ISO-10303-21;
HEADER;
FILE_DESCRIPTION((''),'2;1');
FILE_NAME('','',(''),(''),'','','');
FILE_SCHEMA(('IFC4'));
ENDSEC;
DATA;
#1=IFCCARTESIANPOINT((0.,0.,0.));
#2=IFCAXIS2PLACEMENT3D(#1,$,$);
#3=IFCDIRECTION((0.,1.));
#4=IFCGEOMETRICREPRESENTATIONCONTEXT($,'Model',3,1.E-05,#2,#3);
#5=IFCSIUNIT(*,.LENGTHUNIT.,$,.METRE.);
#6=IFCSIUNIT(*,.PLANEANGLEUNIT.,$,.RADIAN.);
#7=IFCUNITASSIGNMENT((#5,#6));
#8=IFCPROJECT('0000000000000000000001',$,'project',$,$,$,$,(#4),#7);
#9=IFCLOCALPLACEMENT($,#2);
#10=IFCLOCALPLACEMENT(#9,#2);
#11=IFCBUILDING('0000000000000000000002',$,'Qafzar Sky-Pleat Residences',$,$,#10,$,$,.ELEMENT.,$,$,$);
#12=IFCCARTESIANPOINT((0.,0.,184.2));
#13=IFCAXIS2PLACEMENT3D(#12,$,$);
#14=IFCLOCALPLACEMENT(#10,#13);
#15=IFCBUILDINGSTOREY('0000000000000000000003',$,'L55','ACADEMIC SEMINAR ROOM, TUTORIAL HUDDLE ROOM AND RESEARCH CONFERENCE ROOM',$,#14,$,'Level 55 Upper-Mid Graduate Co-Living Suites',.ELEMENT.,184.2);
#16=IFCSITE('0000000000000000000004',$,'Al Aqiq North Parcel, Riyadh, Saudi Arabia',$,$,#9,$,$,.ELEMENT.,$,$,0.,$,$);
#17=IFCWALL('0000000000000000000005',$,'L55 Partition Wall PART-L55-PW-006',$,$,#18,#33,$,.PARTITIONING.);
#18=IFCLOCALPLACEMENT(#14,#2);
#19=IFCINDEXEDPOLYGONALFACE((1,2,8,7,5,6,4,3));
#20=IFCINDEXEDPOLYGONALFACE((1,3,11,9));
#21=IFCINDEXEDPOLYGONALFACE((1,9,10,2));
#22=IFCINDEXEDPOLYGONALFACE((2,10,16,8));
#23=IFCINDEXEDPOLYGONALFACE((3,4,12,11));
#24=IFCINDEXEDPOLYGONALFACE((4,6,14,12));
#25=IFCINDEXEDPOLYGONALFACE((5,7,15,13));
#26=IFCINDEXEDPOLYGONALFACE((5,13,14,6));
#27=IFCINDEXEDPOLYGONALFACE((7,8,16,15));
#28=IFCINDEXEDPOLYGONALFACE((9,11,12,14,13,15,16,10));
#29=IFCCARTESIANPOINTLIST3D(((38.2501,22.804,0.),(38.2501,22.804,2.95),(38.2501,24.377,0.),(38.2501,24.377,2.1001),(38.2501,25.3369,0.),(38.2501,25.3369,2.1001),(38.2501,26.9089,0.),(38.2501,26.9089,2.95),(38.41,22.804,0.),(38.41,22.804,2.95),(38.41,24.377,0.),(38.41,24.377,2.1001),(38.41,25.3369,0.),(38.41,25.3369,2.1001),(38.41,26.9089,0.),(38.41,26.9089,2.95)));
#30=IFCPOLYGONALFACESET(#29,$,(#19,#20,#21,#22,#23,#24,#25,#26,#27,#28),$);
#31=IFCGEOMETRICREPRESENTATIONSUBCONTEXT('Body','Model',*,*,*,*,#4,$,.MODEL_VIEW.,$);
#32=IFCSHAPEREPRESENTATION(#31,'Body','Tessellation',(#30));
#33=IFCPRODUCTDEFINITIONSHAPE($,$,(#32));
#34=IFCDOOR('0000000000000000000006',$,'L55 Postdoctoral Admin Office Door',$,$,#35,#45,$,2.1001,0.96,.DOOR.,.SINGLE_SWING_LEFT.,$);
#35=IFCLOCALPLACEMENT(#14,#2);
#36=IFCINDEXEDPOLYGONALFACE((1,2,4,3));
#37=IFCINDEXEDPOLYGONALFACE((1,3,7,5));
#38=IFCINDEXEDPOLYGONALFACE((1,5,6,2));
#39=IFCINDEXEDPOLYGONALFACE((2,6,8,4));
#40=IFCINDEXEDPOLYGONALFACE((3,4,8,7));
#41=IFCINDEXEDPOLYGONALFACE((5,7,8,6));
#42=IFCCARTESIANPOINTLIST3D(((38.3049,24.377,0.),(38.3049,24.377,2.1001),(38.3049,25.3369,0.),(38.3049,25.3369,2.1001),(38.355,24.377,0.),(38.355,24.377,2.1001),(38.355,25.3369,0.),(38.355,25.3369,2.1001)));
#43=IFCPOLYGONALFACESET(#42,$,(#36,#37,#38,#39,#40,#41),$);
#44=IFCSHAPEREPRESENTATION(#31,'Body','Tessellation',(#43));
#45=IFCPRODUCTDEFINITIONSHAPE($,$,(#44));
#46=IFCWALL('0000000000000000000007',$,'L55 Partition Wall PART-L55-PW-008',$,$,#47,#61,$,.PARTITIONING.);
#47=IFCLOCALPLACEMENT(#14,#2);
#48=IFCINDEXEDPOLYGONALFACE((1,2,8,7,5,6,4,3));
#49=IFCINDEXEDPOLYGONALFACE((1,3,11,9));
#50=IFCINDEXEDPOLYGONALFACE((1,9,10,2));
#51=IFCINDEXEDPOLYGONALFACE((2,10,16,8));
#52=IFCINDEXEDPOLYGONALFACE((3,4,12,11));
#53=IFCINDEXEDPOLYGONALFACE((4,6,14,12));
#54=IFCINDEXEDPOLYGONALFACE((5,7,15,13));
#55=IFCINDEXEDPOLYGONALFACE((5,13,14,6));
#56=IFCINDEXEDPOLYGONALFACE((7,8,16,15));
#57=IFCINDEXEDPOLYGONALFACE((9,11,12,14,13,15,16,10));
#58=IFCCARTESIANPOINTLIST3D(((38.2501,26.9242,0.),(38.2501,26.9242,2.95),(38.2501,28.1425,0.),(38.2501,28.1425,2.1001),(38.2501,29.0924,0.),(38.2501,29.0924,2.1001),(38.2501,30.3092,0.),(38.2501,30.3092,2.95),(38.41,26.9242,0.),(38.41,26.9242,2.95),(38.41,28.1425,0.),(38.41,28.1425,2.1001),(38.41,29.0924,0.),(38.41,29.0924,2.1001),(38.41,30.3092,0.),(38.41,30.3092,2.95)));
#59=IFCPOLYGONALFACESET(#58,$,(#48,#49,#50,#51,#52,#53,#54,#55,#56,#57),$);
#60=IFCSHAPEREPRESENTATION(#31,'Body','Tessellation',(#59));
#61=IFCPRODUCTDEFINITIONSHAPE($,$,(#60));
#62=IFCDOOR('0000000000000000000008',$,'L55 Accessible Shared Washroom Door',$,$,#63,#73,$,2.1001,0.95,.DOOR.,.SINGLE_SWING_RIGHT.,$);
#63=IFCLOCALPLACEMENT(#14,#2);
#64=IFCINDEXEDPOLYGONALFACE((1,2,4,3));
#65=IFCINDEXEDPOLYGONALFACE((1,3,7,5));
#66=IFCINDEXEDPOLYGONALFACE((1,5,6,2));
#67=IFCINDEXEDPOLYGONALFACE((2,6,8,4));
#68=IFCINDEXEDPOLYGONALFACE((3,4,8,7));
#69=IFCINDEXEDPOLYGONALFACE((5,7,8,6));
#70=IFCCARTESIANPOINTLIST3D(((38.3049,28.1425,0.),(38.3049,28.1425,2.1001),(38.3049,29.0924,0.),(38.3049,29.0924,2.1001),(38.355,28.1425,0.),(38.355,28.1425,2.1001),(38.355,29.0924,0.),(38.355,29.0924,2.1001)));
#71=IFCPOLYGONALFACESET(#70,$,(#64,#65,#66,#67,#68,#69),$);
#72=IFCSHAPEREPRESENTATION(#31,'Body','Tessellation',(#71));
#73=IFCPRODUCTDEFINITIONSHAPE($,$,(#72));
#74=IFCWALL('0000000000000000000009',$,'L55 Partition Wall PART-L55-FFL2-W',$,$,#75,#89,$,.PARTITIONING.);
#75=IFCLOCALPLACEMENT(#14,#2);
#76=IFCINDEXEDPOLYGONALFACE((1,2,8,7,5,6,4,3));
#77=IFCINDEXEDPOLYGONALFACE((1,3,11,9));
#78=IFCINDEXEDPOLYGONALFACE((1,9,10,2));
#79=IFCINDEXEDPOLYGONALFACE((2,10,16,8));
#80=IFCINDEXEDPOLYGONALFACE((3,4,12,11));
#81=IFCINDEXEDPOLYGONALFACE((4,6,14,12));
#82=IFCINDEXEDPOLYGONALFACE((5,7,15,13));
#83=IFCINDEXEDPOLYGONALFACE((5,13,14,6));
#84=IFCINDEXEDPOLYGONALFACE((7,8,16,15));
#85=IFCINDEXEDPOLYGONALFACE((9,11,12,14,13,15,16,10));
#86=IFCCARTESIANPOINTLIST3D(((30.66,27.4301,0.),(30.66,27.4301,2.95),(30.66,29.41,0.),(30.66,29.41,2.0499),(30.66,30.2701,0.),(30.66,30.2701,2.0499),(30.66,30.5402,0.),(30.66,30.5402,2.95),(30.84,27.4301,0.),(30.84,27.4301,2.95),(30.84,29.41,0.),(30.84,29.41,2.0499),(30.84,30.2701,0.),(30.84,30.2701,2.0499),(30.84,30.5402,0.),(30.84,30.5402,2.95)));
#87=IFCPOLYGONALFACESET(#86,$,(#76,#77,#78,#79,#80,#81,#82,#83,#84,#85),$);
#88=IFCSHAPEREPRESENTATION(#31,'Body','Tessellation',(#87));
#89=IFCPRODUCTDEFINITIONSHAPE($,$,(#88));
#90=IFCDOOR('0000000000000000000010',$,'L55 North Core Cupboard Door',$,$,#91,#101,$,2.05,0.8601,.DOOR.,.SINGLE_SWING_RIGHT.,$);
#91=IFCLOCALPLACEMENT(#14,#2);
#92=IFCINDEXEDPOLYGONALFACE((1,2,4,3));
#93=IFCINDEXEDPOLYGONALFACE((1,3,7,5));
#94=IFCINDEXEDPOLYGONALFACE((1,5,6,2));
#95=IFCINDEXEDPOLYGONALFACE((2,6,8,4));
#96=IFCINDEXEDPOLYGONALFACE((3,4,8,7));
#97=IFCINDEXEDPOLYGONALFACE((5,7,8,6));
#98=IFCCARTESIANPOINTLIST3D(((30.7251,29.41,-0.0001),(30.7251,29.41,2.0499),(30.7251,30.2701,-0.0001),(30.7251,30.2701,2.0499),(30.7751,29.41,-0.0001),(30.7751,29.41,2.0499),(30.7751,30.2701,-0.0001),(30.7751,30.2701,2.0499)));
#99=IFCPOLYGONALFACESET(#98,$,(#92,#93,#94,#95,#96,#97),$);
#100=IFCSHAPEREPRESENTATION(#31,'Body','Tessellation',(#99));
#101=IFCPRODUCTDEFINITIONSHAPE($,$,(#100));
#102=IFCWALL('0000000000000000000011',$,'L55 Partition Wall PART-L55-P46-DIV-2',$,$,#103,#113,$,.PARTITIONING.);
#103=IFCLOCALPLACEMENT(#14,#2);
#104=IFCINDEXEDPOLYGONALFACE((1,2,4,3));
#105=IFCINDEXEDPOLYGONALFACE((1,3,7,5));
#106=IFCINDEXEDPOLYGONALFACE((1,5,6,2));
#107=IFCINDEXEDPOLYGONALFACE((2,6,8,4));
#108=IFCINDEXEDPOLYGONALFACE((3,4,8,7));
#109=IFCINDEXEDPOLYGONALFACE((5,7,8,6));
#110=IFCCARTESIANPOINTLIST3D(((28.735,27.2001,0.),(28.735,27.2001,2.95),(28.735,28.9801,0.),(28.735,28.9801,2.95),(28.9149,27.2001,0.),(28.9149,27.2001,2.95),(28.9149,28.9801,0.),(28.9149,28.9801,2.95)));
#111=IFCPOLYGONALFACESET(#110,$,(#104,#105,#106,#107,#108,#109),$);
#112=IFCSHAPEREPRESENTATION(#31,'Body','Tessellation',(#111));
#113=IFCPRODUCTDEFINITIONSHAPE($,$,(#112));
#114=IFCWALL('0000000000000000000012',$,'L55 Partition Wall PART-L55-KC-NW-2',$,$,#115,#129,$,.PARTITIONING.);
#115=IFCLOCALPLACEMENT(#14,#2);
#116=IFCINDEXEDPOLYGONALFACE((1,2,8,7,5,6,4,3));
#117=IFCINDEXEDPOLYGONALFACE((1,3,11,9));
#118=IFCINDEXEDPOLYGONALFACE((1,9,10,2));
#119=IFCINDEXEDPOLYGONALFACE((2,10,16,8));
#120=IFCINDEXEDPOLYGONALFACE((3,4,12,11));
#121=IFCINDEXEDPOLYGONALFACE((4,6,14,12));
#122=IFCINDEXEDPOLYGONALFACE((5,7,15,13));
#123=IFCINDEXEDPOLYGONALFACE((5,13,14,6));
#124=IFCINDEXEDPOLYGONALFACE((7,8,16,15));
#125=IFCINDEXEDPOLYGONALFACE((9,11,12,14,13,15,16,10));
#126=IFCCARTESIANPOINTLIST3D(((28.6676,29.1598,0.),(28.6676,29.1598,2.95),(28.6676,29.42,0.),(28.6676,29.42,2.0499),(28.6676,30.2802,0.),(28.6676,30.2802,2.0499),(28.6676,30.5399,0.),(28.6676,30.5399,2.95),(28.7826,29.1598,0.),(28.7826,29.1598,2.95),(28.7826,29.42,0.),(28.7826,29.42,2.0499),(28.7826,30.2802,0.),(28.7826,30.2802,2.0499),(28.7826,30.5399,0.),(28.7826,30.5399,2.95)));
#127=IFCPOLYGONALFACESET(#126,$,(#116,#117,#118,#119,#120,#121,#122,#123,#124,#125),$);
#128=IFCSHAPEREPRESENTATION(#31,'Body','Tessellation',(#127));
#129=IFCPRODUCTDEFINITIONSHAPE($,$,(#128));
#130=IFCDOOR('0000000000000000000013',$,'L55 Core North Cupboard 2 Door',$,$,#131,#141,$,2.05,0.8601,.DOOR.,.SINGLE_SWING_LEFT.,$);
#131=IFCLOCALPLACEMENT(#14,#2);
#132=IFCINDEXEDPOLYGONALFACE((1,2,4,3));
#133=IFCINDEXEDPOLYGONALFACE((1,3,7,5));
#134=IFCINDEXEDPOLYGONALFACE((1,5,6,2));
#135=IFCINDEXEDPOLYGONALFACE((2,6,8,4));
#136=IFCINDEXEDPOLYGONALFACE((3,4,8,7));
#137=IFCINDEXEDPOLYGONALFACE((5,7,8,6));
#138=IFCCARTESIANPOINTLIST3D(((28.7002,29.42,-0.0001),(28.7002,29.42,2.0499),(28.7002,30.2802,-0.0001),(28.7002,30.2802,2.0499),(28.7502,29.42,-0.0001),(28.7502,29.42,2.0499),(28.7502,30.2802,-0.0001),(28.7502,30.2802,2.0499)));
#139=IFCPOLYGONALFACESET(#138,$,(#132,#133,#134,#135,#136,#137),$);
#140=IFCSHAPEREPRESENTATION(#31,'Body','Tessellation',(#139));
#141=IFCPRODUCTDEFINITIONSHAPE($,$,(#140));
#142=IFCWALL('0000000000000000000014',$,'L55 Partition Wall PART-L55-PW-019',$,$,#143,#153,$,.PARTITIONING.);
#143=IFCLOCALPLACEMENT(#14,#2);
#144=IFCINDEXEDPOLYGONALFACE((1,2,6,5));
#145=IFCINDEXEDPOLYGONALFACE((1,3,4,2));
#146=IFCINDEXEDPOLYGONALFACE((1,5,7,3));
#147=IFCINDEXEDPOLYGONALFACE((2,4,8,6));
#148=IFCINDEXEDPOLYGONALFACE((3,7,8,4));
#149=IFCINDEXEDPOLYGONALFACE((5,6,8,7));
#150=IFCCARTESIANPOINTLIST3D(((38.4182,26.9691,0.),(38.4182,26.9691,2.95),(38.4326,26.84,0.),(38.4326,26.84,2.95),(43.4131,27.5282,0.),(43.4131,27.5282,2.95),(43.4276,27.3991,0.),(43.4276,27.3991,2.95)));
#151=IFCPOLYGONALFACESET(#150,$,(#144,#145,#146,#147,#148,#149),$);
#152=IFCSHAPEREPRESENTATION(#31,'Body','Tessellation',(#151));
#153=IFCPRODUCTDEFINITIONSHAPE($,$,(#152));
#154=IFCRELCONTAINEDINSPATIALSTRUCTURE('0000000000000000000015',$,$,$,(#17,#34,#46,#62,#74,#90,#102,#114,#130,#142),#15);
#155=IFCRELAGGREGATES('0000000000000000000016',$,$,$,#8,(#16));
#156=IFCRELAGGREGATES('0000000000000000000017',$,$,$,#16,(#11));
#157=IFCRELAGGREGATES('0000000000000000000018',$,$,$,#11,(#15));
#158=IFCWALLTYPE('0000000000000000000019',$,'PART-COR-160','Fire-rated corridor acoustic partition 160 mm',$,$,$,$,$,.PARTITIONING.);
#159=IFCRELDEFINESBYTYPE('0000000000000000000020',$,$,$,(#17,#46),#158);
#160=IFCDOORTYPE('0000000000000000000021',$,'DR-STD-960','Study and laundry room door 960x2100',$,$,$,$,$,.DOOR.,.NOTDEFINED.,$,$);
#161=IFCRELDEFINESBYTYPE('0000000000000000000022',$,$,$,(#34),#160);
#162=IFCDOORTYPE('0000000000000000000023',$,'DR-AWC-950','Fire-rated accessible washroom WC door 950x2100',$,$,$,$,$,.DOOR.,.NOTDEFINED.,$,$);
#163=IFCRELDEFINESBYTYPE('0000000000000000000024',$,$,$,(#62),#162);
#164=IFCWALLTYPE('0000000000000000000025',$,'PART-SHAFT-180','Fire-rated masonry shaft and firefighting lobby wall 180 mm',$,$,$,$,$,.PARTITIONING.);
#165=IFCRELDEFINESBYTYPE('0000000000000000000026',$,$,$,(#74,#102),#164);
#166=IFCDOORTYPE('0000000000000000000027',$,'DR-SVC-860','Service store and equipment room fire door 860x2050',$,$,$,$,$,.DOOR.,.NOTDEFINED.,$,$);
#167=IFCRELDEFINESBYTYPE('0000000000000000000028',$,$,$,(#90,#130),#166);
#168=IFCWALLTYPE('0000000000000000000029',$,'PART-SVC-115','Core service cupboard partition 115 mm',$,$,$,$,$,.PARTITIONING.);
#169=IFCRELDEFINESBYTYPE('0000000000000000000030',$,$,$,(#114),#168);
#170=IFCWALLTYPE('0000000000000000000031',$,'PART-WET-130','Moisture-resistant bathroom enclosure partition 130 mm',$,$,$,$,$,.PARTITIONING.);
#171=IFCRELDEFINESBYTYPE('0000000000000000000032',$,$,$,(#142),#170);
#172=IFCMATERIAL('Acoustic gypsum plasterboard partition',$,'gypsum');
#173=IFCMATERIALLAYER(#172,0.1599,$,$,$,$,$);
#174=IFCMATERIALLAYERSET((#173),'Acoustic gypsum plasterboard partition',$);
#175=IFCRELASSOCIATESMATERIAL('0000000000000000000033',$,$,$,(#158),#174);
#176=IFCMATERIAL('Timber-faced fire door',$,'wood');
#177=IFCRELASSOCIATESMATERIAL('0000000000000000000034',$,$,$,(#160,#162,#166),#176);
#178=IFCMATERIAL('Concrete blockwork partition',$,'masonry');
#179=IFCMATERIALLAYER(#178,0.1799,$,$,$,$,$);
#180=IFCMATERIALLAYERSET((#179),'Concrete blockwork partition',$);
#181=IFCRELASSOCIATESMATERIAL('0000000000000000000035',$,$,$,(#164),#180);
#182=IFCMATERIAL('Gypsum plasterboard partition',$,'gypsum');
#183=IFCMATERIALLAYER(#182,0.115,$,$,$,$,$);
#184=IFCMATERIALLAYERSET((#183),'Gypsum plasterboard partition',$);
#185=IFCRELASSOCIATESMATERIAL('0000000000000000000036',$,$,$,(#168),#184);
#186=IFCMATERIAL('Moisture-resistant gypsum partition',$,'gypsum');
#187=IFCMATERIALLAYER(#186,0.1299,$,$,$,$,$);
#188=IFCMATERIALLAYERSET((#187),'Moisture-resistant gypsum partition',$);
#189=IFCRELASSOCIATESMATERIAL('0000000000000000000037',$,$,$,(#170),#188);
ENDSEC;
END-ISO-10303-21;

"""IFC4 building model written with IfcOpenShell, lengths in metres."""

from ifc_helpers import new_model, si_unit, direction, frame, frame_2d, origin, place, context, subcontext, project, spatial, rectangle, extrude, source, transform, mapped, material, layer, layer_set, type_object, element, fill, save


model = new_model("IFC4")

# Units and contexts
model_context = context("Model", 3, precision=1e-05, world=origin(), true_north=direction((0.0, 1.0)))
body_context = subcontext(model_context, "Body", "Model", "MODEL_VIEW")
ifc_project = project(units=[si_unit("LENGTHUNIT", "METRE"), si_unit("PLANEANGLEUNIT", "RADIAN")], contexts=[model_context])

# Site, building, storey
site_placement = place(None, origin())
site = spatial("IfcSite", under=ifc_project, at=site_placement, Name="Al Aqiq North Parcel, Riyadh, Saudi Arabia", CompositionType="ELEMENT", RefElevation=0.0)
building_placement = place(site_placement, origin())
building = spatial("IfcBuilding", under=site, at=building_placement, Name="Qafzar Sky-Pleat Residences", CompositionType="ELEMENT")
storey_placement = place(building_placement, frame((0.0, 0.0, 184.2)))
storey = spatial("IfcBuildingStorey", under=building, at=storey_placement, Name="L55", Description="ACADEMIC SEMINAR ROOM, TUTORIAL HUDDLE ROOM AND RESEARCH CONFERENCE ROOM", LongName="Level 55 Upper-Mid Graduate Co-Living Suites", CompositionType="ELEMENT", Elevation=184.2)

# Walls, openings, doors
ifc_material_1 = material(Name="Acoustic gypsum plasterboard partition", Category="gypsum")
ifc_layer_1 = layer(ifc_material_1, 0.1599)
ifc_layer_set_1 = layer_set([ifc_layer_1], Name="Acoustic gypsum plasterboard partition")
wall_type_1 = type_object("IfcWallType", Name="PART-COR-160", Description="Fire-rated corridor acoustic partition 160 mm", PredefinedType="PARTITIONING", material=ifc_layer_set_1)
wall_1_placement = place(storey_placement, frame((38.3301, 26.9089, 0.0), z_axis=(0.0, 0.0, 1.0), x_axis=(0.0, -1.0, 0.0)))
wall_1 = element("IfcWall", 1, at=wall_1_placement, inside=storey, type_object=wall_type_1, Name="L55 Partition Wall PART-L55-PW-006", PredefinedType="PARTITIONING", context=body_context, shape_type="SweptSolid", body=[
    extrude(rectangle(XDim=4.105, YDim=0.1599, at=frame_2d((2.0525, 0.0))), origin(), (0.0, 0.0, 1.0), 2.95),
])
opening_1_placement = place(wall_1_placement, frame((1.572, 0.0, 0.0)))
opening_1 = element("IfcOpeningElement", 2, at=opening_1_placement, cuts=wall_1, PredefinedType="OPENING", context=body_context, shape_type="SweptSolid", body=[
    extrude(rectangle(XDim=0.96, YDim=2.1001, at=frame_2d((0.48, 1.05))), frame((0.0, 0.0898, 0.0), z_axis=(0.0, -1.0, 0.0), x_axis=(1.0, 0.0, 0.0)), (0.0, 0.0, 1.0), 0.1799),
])
ifc_material_2 = material(Name="Timber-faced fire door", Category="wood")
door_type_1 = type_object("IfcDoorType", Name="DR-STD-960", Description="Study and laundry room door 960x2100", OperationType="NOTDEFINED", PredefinedType="DOOR", material=ifc_material_2)
shared_shape_1 = source(origin(), body_context, "Body", "SweptSolid", [
    extrude(rectangle(XDim=0.96, YDim=2.1001, at=frame_2d((0.48, 1.05))), frame((0.0, 0.0249, 0.0), z_axis=(0.0, -1.0, 0.0), x_axis=(1.0, 0.0, 0.0)), (0.0, 0.0, 1.0), 0.05),
])
door_1_placement = place(opening_1_placement, origin())
door_1 = element("IfcDoor", 3, at=door_1_placement, inside=storey, type_object=door_type_1, Name="L55 Postdoctoral Admin Office Door", OperationType="SINGLE_SWING_LEFT", OverallHeight=2.1001, OverallWidth=0.96, PredefinedType="DOOR", context=body_context, shape_type="MappedRepresentation", body=[
    mapped(shared_shape_1, transform((0.0, 0.0, 0.0), x_axis=(1.0, 0.0, 0.0), y_axis=(0.0, 1.0, 0.0), z_axis=(0.0, 0.0, 1.0), scale=1.0)),
])
fill(opening_1, door_1)
wall_2_placement = place(storey_placement, frame((38.3301, 30.3091, 0.0), z_axis=(0.0, 0.0, 1.0), x_axis=(0.0, -1.0, 0.0)))
wall_2 = element("IfcWall", 4, at=wall_2_placement, inside=storey, type_object=wall_type_1, Name="L55 Partition Wall PART-L55-PW-008", PredefinedType="PARTITIONING", context=body_context, shape_type="SweptSolid", body=[
    extrude(rectangle(XDim=3.385, YDim=0.1599, at=frame_2d((1.6924, 0.0))), origin(), (0.0, 0.0, 1.0), 2.95),
])
opening_2_placement = place(wall_2_placement, frame((1.2166, 0.0, 0.0)))
opening_2 = element("IfcOpeningElement", 5, at=opening_2_placement, cuts=wall_2, PredefinedType="OPENING", context=body_context, shape_type="SweptSolid", body=[
    extrude(rectangle(XDim=0.95, YDim=2.1001, at=frame_2d((0.4751, 1.05))), frame((0.0, 0.0898, 0.0), z_axis=(0.0, -1.0, 0.0), x_axis=(1.0, 0.0, 0.0)), (0.0, 0.0, 1.0), 0.1799),
])
door_type_2 = type_object("IfcDoorType", Name="DR-AWC-950", Description="Fire-rated accessible washroom WC door 950x2100", OperationType="NOTDEFINED", PredefinedType="DOOR", material=ifc_material_2)
shared_shape_2 = source(origin(), body_context, "Body", "SweptSolid", [
    extrude(rectangle(XDim=0.95, YDim=2.1001, at=frame_2d((0.4751, 1.05))), frame((0.0, 0.0249, 0.0), z_axis=(0.0, -1.0, 0.0), x_axis=(1.0, 0.0, 0.0)), (0.0, 0.0, 1.0), 0.05),
])
door_2_placement = place(opening_2_placement, origin())
door_2 = element("IfcDoor", 6, at=door_2_placement, inside=storey, type_object=door_type_2, Name="L55 Accessible Shared Washroom Door", OperationType="SINGLE_SWING_RIGHT", OverallHeight=2.1001, OverallWidth=0.95, PredefinedType="DOOR", context=body_context, shape_type="MappedRepresentation", body=[
    mapped(shared_shape_2, transform((0.0, 0.0, 0.0), x_axis=(1.0, 0.0, 0.0), y_axis=(0.0, 1.0, 0.0), z_axis=(0.0, 0.0, 1.0), scale=1.0)),
])
fill(opening_2, door_2)
ifc_material_3 = material(Name="Concrete blockwork partition", Category="masonry")
ifc_layer_2 = layer(ifc_material_3, 0.1799)
ifc_layer_set_2 = layer_set([ifc_layer_2], Name="Concrete blockwork partition")
wall_type_2 = type_object("IfcWallType", Name="PART-SHAFT-180", Description="Fire-rated masonry shaft and firefighting lobby wall 180 mm", PredefinedType="PARTITIONING", material=ifc_layer_set_2)
wall_3_placement = place(storey_placement, frame((30.75, 27.4299, 0.0), z_axis=(0.0, 0.0, 1.0), x_axis=(0.0, 1.0, 0.0)))
wall_3 = element("IfcWall", 7, at=wall_3_placement, inside=storey, type_object=wall_type_2, Name="L55 Partition Wall PART-L55-FFL2-W", PredefinedType="PARTITIONING", context=body_context, shape_type="SweptSolid", body=[
    extrude(rectangle(XDim=3.1101, YDim=0.1799, at=frame_2d((1.5552, 0.0))), origin(), (0.0, 0.0, 1.0), 2.95),
])
opening_3_placement = place(wall_3_placement, frame((1.98, 0.0, 0.0)))
opening_3 = element("IfcOpeningElement", 8, at=opening_3_placement, cuts=wall_3, PredefinedType="OPENING", context=body_context, shape_type="SweptSolid", body=[
    extrude(rectangle(XDim=0.8601, YDim=2.05, at=frame_2d((0.4302, 1.0249))), frame((0.0, 0.1001, 0.0), z_axis=(0.0, -1.0, 0.0), x_axis=(1.0, 0.0, 0.0)), (0.0, 0.0, 1.0), 0.2),
])
door_type_3 = type_object("IfcDoorType", Name="DR-SVC-860", Description="Service store and equipment room fire door 860x2050", OperationType="NOTDEFINED", PredefinedType="DOOR", material=ifc_material_2)
shared_shape_3 = source(origin(), body_context, "Body", "SweptSolid", [
    extrude(rectangle(XDim=0.8601, YDim=2.05, at=frame_2d((0.4302, 1.0249))), frame((0.0, 0.0249, 0.0), z_axis=(0.0, -1.0, 0.0), x_axis=(1.0, 0.0, 0.0)), (0.0, 0.0, 1.0), 0.05),
])
door_3_placement = place(opening_3_placement, origin())
door_3 = element("IfcDoor", 9, at=door_3_placement, inside=storey, type_object=door_type_3, Name="L55 North Core Cupboard Door", OperationType="SINGLE_SWING_RIGHT", OverallHeight=2.05, OverallWidth=0.8601, PredefinedType="DOOR", context=body_context, shape_type="MappedRepresentation", body=[
    mapped(shared_shape_3, transform((0.0, 0.0, 0.0), x_axis=(1.0, 0.0, 0.0), y_axis=(0.0, 1.0, 0.0), z_axis=(0.0, 0.0, 1.0), scale=1.0)),
])
fill(opening_3, door_3)

# Wall
wall_4_placement = place(storey_placement, frame((28.825, 27.2, 0.0), z_axis=(0.0, 0.0, 1.0), x_axis=(0.0, 1.0, 0.0)))
element("IfcWall", 10, at=wall_4_placement, inside=storey, type_object=wall_type_2, Name="L55 Partition Wall PART-L55-P46-DIV-2", PredefinedType="PARTITIONING", context=body_context, shape_type="SweptSolid", body=[
    extrude(rectangle(XDim=1.78, YDim=0.1799, at=frame_2d((0.8901, 0.0))), origin(), (0.0, 0.0, 1.0), 2.95),
])

# Wall, opening, door
ifc_material_4 = material(Name="Gypsum plasterboard partition", Category="gypsum")
ifc_layer_3 = layer(ifc_material_4, 0.115)
ifc_layer_set_3 = layer_set([ifc_layer_3], Name="Gypsum plasterboard partition")
wall_type_3 = type_object("IfcWallType", Name="PART-SVC-115", Description="Core service cupboard partition 115 mm", PredefinedType="PARTITIONING", material=ifc_layer_set_3)
wall_5_placement = place(storey_placement, frame((28.7251, 29.1599, 0.0), z_axis=(0.0, 0.0, 1.0), x_axis=(0.0, 1.0, 0.0)))
wall_5 = element("IfcWall", 11, at=wall_5_placement, inside=storey, type_object=wall_type_3, Name="L55 Partition Wall PART-L55-KC-NW-2", PredefinedType="PARTITIONING", context=body_context, shape_type="SweptSolid", body=[
    extrude(rectangle(XDim=1.3801, YDim=0.115, at=frame_2d((0.6899, 0.0))), origin(), (0.0, 0.0, 1.0), 2.95),
])
opening_4_placement = place(wall_5_placement, frame((0.26, 0.0, 0.0)))
opening_4 = element("IfcOpeningElement", 12, at=opening_4_placement, cuts=wall_5, PredefinedType="OPENING", context=body_context, shape_type="SweptSolid", body=[
    extrude(rectangle(XDim=0.8601, YDim=2.05, at=frame_2d((0.4302, 1.0249))), frame((0.0, 0.0674, 0.0), z_axis=(0.0, -1.0, 0.0), x_axis=(1.0, 0.0, 0.0)), (0.0, 0.0, 1.0), 0.135),
])
door_4_placement = place(opening_4_placement, origin())
door_4 = element("IfcDoor", 13, at=door_4_placement, inside=storey, type_object=door_type_3, Name="L55 Core North Cupboard 2 Door", OperationType="SINGLE_SWING_LEFT", OverallHeight=2.05, OverallWidth=0.8601, PredefinedType="DOOR", context=body_context, shape_type="MappedRepresentation", body=[
    mapped(shared_shape_3, transform((0.0, 0.0, 0.0), x_axis=(1.0, 0.0, 0.0), y_axis=(0.0, 1.0, 0.0), z_axis=(0.0, 0.0, 1.0), scale=1.0)),
])
fill(opening_4, door_4)

# Wall
ifc_material_5 = material(Name="Moisture-resistant gypsum partition", Category="gypsum")
ifc_layer_4 = layer(ifc_material_5, 0.1299)
ifc_layer_set_4 = layer_set([ifc_layer_4], Name="Moisture-resistant gypsum partition")
wall_type_4 = type_object("IfcWallType", Name="PART-WET-130", Description="Moisture-resistant bathroom enclosure partition 130 mm", PredefinedType="PARTITIONING", material=ifc_layer_set_4)
wall_6_placement = place(storey_placement, frame((38.4253, 26.9045, 0.0), z_axis=(0.0, 0.0, 1.0), x_axis=(0.993794, 0.111237, 0.0)))
element("IfcWall", 14, at=wall_6_placement, inside=storey, type_object=wall_type_4, Name="L55 Partition Wall PART-L55-PW-019", PredefinedType="PARTITIONING", context=body_context, shape_type="SweptSolid", body=[
    extrude(rectangle(XDim=5.0261, YDim=0.1299, at=frame_2d((2.5132, 0.0))), origin(), (0.0, 0.0, 1.0), 2.95),
])

save(model, "model.ifc")
